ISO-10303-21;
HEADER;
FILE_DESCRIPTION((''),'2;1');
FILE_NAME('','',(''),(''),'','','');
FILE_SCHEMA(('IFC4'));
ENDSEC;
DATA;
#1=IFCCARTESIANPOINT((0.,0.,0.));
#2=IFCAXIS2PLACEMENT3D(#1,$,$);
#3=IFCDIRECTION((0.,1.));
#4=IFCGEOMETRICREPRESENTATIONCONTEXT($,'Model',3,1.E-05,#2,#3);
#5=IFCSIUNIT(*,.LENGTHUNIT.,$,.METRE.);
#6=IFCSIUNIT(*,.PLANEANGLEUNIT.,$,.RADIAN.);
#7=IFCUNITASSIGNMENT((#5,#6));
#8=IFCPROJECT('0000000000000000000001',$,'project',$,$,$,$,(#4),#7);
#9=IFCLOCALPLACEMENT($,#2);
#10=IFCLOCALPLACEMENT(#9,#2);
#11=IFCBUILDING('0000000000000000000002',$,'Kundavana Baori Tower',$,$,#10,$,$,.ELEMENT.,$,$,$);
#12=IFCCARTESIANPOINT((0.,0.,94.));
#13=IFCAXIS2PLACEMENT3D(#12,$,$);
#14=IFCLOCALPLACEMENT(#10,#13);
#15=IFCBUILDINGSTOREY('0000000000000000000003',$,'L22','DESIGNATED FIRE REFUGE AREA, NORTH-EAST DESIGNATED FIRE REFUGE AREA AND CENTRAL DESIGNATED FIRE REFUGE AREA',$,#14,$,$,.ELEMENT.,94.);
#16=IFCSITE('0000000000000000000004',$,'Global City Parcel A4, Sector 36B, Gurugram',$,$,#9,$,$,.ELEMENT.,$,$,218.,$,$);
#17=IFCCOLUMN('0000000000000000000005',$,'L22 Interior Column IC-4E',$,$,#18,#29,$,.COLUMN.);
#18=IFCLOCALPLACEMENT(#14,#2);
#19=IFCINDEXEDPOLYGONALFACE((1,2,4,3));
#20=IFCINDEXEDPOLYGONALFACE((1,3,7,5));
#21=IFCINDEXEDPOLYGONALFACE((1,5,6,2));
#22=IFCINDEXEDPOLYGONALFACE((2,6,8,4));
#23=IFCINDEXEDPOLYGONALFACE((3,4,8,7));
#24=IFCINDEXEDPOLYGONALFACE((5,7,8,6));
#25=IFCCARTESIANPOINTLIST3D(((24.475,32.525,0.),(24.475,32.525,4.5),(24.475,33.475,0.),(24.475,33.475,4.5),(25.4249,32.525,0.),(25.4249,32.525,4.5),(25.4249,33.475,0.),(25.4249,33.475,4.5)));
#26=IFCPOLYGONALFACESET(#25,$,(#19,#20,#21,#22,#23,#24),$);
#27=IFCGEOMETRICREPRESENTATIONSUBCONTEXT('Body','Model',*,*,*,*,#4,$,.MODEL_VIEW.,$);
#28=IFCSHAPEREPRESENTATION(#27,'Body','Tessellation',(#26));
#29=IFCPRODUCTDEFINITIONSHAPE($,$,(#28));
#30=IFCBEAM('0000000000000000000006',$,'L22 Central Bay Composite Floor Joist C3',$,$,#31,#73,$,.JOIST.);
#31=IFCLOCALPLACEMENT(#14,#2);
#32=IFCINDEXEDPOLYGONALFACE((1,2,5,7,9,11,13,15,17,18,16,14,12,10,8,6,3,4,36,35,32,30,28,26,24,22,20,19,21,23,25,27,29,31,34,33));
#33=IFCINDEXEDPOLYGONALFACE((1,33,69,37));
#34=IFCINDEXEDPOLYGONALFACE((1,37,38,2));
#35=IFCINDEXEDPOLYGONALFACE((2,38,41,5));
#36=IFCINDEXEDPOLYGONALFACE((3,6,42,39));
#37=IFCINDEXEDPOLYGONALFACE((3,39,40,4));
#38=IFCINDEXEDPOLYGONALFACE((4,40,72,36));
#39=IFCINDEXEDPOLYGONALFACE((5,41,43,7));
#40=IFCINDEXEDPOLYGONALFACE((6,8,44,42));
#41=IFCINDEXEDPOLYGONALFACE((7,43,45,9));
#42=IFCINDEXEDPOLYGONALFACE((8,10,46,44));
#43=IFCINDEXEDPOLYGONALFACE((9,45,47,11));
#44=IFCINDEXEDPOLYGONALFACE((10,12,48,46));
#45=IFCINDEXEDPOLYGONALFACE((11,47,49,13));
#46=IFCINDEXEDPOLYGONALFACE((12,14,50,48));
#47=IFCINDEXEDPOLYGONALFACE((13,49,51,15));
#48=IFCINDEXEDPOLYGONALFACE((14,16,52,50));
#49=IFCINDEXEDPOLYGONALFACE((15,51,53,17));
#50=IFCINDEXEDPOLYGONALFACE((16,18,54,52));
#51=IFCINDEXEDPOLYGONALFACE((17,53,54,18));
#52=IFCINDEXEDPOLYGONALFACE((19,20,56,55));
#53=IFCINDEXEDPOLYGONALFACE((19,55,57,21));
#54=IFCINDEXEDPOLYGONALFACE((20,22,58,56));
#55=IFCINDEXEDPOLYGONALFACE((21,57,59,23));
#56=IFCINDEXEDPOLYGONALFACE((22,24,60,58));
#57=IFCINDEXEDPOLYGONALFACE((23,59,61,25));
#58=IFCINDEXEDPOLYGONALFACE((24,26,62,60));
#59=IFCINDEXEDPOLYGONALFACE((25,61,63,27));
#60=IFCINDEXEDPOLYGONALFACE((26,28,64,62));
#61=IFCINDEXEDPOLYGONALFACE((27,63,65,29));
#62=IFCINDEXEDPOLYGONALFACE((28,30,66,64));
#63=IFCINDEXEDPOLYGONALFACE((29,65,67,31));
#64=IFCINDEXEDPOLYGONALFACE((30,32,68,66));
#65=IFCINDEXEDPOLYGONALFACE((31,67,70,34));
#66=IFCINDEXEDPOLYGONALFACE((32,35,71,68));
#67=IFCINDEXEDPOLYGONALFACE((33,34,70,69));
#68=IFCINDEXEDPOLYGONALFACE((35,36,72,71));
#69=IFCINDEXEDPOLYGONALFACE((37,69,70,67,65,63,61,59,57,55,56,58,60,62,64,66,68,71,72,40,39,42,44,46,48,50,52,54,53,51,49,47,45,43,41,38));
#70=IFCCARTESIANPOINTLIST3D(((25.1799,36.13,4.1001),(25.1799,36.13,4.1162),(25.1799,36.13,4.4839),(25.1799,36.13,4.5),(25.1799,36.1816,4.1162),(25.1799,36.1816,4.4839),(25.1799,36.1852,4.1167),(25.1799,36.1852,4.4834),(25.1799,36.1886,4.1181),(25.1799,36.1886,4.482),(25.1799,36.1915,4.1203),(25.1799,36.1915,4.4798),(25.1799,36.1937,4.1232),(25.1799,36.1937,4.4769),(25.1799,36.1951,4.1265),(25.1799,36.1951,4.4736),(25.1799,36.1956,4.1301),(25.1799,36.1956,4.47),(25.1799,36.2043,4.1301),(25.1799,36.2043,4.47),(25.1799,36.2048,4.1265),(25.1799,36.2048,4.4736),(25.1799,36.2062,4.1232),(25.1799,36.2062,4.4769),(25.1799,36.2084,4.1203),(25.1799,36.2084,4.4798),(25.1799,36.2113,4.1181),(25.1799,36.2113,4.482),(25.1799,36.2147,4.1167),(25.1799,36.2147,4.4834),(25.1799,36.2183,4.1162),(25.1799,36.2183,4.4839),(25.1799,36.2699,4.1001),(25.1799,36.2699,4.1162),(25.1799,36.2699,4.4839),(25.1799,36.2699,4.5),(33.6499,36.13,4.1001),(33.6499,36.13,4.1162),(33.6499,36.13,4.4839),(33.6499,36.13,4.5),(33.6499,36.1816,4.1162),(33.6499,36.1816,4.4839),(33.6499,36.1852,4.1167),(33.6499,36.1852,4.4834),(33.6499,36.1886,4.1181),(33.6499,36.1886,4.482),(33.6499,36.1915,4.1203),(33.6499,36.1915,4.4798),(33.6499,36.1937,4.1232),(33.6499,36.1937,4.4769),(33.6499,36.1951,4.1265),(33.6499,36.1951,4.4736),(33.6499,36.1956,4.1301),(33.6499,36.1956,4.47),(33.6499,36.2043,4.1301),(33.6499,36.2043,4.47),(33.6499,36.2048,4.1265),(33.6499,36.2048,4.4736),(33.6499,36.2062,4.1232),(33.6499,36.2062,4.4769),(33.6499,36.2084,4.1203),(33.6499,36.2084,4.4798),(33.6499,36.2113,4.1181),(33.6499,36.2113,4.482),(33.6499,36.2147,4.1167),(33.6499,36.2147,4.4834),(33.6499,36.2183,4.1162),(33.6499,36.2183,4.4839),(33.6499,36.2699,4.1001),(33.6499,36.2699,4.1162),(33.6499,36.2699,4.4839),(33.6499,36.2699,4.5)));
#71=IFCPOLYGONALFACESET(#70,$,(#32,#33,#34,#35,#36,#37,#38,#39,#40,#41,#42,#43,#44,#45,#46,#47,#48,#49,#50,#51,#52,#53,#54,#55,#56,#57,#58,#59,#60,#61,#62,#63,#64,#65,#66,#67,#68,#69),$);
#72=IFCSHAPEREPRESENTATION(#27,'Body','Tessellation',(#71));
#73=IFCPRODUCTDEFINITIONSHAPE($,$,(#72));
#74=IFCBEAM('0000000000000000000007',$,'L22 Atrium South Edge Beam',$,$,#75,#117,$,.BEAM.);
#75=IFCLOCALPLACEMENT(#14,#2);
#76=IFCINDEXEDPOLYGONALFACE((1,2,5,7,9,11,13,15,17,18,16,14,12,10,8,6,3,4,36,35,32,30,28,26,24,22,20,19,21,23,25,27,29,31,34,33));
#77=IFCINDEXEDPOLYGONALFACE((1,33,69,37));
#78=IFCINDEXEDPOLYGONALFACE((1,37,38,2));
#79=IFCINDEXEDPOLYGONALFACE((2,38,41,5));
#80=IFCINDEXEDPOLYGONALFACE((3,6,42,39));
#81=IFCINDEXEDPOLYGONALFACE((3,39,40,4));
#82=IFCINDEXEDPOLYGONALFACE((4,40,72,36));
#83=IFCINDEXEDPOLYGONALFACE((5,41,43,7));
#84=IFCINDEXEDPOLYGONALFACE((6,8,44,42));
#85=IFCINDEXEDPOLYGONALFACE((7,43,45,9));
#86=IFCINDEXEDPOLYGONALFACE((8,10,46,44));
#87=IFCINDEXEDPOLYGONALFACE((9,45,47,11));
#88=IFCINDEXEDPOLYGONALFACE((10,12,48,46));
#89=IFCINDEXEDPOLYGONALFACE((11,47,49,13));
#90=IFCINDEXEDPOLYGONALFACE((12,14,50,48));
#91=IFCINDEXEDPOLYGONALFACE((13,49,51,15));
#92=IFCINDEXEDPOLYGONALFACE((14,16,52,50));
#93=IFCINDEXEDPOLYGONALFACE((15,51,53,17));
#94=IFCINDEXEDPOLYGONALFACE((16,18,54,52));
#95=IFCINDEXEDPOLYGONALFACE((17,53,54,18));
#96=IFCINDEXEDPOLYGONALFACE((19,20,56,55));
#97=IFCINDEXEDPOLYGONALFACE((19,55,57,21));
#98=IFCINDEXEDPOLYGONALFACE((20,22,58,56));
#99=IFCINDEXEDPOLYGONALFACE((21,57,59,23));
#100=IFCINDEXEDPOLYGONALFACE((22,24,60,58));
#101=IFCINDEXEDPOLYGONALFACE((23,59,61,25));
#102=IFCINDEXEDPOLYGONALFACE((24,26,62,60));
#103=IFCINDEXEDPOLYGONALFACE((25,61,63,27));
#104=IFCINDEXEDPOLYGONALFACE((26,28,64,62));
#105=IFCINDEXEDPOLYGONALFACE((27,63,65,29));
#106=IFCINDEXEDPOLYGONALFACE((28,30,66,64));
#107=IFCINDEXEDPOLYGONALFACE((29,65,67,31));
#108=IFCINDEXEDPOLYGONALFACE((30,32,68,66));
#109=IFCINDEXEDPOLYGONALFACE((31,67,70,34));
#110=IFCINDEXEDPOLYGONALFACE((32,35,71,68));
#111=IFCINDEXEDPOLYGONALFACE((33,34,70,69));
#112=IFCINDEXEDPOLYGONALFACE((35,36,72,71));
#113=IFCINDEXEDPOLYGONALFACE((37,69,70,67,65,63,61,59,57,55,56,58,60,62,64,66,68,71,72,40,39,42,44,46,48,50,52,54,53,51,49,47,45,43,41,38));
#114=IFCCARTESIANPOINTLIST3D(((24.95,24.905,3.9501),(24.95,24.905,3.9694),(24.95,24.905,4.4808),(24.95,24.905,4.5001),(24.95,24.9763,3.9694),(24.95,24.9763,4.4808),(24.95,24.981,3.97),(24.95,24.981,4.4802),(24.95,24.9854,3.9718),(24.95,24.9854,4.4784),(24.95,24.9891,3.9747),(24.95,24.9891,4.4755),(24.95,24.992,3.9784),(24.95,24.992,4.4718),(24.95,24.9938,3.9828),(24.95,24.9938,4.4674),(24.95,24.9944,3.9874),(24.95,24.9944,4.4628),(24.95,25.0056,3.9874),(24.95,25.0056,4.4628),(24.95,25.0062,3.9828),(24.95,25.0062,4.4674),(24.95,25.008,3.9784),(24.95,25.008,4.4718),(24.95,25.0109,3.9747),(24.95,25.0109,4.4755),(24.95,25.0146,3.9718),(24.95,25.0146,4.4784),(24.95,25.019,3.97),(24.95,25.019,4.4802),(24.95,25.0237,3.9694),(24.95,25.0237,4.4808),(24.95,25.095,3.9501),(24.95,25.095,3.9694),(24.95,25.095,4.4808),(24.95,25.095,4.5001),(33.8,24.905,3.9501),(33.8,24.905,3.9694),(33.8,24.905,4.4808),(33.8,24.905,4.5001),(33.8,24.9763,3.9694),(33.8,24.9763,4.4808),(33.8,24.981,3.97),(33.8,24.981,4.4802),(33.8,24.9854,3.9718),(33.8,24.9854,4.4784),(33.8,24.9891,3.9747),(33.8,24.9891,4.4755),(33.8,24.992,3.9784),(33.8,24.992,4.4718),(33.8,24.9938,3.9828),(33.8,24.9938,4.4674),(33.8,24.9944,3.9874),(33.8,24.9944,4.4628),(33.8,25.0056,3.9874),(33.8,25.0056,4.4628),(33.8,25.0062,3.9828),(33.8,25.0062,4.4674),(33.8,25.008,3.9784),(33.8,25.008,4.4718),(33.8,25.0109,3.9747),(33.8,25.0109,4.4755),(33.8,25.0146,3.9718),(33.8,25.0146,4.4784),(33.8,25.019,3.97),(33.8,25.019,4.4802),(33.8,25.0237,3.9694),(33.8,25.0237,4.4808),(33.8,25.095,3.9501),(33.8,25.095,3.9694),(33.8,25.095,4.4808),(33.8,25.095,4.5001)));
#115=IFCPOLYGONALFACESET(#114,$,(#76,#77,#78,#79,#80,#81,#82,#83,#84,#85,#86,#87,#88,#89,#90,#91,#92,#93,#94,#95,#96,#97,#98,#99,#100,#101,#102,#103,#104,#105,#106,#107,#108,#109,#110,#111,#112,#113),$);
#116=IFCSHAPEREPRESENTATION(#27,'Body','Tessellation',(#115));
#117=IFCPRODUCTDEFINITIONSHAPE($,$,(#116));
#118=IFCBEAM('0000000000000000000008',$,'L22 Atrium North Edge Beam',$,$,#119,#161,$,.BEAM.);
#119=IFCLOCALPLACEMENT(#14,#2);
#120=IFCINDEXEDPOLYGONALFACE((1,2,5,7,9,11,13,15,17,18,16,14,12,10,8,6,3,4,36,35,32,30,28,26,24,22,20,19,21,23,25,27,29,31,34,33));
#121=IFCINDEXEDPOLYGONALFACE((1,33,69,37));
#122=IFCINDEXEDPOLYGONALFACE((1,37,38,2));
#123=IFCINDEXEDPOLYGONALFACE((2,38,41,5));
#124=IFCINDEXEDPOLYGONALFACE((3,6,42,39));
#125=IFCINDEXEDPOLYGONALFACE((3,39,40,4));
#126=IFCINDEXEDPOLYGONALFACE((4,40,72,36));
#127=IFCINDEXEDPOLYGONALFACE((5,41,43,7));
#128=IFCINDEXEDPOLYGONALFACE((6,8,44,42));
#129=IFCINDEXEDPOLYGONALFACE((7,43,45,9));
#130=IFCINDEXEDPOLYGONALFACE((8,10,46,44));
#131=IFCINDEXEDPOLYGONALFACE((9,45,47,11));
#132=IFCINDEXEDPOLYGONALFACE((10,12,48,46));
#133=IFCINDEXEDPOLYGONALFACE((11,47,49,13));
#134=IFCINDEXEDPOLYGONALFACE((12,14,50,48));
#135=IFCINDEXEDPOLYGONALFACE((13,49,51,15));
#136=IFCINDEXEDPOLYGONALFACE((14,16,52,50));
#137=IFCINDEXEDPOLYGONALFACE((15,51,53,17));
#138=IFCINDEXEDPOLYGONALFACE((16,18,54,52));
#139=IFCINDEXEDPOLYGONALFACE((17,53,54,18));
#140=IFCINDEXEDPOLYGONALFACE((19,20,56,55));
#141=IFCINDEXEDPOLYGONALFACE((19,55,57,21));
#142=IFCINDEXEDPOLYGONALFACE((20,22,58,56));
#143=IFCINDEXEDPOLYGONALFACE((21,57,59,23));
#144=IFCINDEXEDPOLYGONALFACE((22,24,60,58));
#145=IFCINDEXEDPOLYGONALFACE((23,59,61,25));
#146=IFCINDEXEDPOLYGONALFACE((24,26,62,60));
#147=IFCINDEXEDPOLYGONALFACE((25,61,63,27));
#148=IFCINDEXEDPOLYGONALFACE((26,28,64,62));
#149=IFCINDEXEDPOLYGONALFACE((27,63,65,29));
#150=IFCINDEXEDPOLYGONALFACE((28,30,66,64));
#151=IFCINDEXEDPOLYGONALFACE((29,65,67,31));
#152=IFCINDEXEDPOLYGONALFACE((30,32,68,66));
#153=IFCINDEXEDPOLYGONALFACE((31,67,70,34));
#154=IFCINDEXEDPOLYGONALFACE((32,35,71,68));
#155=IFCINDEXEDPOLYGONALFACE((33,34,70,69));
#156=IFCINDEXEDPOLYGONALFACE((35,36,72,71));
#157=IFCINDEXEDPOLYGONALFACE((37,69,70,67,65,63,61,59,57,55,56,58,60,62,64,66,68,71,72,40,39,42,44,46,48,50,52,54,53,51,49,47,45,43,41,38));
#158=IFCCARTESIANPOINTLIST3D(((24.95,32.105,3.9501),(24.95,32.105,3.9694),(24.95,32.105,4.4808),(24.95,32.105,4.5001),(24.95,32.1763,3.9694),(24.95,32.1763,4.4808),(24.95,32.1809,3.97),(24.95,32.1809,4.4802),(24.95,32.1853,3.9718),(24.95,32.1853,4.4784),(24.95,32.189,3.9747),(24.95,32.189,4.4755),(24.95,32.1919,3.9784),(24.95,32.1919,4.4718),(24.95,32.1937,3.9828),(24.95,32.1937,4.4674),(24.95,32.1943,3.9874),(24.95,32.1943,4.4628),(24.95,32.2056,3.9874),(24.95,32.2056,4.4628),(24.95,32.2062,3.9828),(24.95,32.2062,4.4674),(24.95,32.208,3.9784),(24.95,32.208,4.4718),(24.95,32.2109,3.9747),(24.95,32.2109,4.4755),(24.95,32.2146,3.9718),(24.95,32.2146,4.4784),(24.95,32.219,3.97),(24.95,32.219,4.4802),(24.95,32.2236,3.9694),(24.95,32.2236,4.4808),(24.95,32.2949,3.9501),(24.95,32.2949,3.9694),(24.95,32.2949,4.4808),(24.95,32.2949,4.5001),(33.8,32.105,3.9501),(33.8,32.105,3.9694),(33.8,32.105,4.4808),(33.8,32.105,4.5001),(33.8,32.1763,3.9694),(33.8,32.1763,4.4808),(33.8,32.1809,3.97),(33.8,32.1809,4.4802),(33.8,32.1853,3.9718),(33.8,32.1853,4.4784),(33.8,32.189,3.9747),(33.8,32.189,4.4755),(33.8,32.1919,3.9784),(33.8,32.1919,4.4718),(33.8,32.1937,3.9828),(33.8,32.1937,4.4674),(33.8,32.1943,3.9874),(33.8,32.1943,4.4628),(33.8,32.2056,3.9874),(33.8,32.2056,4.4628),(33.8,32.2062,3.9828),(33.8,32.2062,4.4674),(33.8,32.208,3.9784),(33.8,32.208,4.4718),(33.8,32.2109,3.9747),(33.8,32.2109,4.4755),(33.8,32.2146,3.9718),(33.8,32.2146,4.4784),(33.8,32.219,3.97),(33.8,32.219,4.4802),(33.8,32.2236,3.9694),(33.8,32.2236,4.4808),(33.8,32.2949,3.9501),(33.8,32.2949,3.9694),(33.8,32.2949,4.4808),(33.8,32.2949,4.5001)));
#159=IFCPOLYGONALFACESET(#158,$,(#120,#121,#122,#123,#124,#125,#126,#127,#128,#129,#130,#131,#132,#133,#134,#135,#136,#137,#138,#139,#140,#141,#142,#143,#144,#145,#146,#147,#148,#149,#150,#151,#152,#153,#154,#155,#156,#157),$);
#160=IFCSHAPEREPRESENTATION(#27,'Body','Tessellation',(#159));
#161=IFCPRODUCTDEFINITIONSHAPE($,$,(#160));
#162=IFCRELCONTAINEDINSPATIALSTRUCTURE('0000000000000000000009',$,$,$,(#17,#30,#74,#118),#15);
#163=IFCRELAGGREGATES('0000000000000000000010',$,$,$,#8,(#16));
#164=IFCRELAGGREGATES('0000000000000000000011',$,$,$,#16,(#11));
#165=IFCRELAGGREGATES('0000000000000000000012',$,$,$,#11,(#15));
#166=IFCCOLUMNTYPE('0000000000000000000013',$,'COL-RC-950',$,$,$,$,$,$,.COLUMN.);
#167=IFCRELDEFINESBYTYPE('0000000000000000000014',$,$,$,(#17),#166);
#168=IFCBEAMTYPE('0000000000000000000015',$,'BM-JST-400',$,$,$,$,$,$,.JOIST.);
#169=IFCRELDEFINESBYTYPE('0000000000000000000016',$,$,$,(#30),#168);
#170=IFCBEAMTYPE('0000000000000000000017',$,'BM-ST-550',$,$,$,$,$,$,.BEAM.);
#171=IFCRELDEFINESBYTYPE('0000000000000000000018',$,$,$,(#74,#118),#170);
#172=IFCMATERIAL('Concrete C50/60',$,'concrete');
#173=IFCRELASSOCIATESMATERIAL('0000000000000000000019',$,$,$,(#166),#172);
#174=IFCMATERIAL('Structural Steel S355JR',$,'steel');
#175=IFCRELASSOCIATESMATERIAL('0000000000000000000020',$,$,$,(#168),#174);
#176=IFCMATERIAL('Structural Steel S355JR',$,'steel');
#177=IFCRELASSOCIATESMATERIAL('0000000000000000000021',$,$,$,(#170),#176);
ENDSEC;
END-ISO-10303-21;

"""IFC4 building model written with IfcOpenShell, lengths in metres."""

from ifc_helpers import new_model, si_unit, direction, frame, origin, origin_2d, place, context, subcontext, project, spatial, rectangle, i_section, extrude, material, material_profile, profile_set, type_object, element, save


model = new_model("IFC4")

# Units and contexts
model_context = context("Model", 3, precision=1e-05, world=origin(), true_north=direction((0.0, 1.0)))
body_context = subcontext(model_context, "Body", "Model", "MODEL_VIEW")
ifc_project = project(units=[si_unit("LENGTHUNIT", "METRE"), si_unit("PLANEANGLEUNIT", "RADIAN")], contexts=[model_context])

# Site, building, storey
site_placement = place(None, origin())
site = spatial("IfcSite", under=ifc_project, at=site_placement, Name="Global City Parcel A4, Sector 36B, Gurugram", CompositionType="ELEMENT", RefElevation=218.0)
building_placement = place(site_placement, origin())
building = spatial("IfcBuilding", under=site, at=building_placement, Name="Kundavana Baori Tower", CompositionType="ELEMENT")
storey_placement = place(building_placement, frame((0.0, 0.0, 94.0)))
storey = spatial("IfcBuildingStorey", under=building, at=storey_placement, Name="L22", Description="DESIGNATED FIRE REFUGE AREA, NORTH-EAST DESIGNATED FIRE REFUGE AREA AND CENTRAL DESIGNATED FIRE REFUGE AREA", CompositionType="ELEMENT", Elevation=94.0)

# Column
ifc_material_1 = material(Name="Concrete C50/60", Category="concrete")
ifc_material_profile_1 = material_profile(ifc_material_1, rectangle(XDim=0.95, YDim=0.95, at=origin_2d()), Name="RC 950x950")
ifc_profile_set_1 = profile_set([ifc_material_profile_1], Name="Concrete C50/60")
column_type = type_object("IfcColumnType", Name="COL-RC-950", PredefinedType="COLUMN", material=ifc_profile_set_1)
column_placement = place(storey_placement, frame((24.95, 33.0, 0.0), z_axis=(0.0, 0.0, 1.0), x_axis=(1.0, 0.0, 0.0)))
element("IfcColumn", 1, at=column_placement, inside=storey, type_object=column_type, Name="L22 Interior Column IC-4E", PredefinedType="COLUMN", context=body_context, shape_type="SweptSolid", body=[
    extrude(rectangle(XDim=0.95, YDim=0.95, at=origin_2d()), origin(), (0.0, 0.0, 1.0), 4.5),
])

# Beams
ifc_material_2 = material(Name="Structural Steel S355JR", Category="steel")
ifc_material_profile_2 = material_profile(ifc_material_2, i_section(OverallWidth=0.1399, OverallDepth=0.3999, WebThickness=0.0088, FlangeThickness=0.0161, FilletRadius=0.0139, at=origin_2d()), Name="ISMB 400")
ifc_profile_set_2 = profile_set([ifc_material_profile_2], Name="Structural Steel S355JR")
beam_type_1 = type_object("IfcBeamType", Name="BM-JST-400", PredefinedType="JOIST", material=ifc_profile_set_2)
beam_1_placement = place(storey_placement, frame((25.1799, 36.2, 4.3), z_axis=(1.0, 0.0, 0.0), x_axis=(0.0, 1.0, 0.0)))
element("IfcBeam", 2, at=beam_1_placement, inside=storey, type_object=beam_type_1, Name="L22 Central Bay Composite Floor Joist C3", PredefinedType="JOIST", context=body_context, shape_type="SweptSolid", body=[
    extrude(i_section(OverallWidth=0.1399, OverallDepth=0.3999, WebThickness=0.0088, FlangeThickness=0.0161, FilletRadius=0.0139, at=origin_2d()), origin(), (0.0, 0.0, 1.0), 8.47),
])
ifc_material_3 = material(Name="Structural Steel S355JR", Category="steel")
ifc_material_profile_3 = material_profile(ifc_material_3, i_section(OverallWidth=0.1899, OverallDepth=0.55, WebThickness=0.0112, FlangeThickness=0.0193, FilletRadius=0.0181, at=origin_2d()), Name="ISMB 550")
ifc_profile_set_3 = profile_set([ifc_material_profile_3], Name="Structural Steel S355JR")
beam_type_2 = type_object("IfcBeamType", Name="BM-ST-550", PredefinedType="BEAM", material=ifc_profile_set_3)
for number, where, z_axis, x_axis, name in (
    (3, (24.95, 25.0, 4.2251), (1.0, 0.0, 0.0), (0.0, 1.0, 0.0), "L22 Atrium South Edge Beam"),
    (4, (24.95, 32.2, 4.2251), (1.0, 0.0, 0.0), (0.0, 1.0, 0.0), "L22 Atrium North Edge Beam"),
):
    element("IfcBeam", number, at=place(storey_placement, frame(where, z_axis=z_axis, x_axis=x_axis)), inside=storey, type_object=beam_type_2, Name=name, PredefinedType="BEAM", context=body_context, shape_type="SweptSolid", body=[
        extrude(i_section(OverallWidth=0.1899, OverallDepth=0.55, WebThickness=0.0112, FlangeThickness=0.0193, FilletRadius=0.0181, at=origin_2d()), origin(), (0.0, 0.0, 1.0), 8.8501),
    ])

save(model, "model.ifc")
